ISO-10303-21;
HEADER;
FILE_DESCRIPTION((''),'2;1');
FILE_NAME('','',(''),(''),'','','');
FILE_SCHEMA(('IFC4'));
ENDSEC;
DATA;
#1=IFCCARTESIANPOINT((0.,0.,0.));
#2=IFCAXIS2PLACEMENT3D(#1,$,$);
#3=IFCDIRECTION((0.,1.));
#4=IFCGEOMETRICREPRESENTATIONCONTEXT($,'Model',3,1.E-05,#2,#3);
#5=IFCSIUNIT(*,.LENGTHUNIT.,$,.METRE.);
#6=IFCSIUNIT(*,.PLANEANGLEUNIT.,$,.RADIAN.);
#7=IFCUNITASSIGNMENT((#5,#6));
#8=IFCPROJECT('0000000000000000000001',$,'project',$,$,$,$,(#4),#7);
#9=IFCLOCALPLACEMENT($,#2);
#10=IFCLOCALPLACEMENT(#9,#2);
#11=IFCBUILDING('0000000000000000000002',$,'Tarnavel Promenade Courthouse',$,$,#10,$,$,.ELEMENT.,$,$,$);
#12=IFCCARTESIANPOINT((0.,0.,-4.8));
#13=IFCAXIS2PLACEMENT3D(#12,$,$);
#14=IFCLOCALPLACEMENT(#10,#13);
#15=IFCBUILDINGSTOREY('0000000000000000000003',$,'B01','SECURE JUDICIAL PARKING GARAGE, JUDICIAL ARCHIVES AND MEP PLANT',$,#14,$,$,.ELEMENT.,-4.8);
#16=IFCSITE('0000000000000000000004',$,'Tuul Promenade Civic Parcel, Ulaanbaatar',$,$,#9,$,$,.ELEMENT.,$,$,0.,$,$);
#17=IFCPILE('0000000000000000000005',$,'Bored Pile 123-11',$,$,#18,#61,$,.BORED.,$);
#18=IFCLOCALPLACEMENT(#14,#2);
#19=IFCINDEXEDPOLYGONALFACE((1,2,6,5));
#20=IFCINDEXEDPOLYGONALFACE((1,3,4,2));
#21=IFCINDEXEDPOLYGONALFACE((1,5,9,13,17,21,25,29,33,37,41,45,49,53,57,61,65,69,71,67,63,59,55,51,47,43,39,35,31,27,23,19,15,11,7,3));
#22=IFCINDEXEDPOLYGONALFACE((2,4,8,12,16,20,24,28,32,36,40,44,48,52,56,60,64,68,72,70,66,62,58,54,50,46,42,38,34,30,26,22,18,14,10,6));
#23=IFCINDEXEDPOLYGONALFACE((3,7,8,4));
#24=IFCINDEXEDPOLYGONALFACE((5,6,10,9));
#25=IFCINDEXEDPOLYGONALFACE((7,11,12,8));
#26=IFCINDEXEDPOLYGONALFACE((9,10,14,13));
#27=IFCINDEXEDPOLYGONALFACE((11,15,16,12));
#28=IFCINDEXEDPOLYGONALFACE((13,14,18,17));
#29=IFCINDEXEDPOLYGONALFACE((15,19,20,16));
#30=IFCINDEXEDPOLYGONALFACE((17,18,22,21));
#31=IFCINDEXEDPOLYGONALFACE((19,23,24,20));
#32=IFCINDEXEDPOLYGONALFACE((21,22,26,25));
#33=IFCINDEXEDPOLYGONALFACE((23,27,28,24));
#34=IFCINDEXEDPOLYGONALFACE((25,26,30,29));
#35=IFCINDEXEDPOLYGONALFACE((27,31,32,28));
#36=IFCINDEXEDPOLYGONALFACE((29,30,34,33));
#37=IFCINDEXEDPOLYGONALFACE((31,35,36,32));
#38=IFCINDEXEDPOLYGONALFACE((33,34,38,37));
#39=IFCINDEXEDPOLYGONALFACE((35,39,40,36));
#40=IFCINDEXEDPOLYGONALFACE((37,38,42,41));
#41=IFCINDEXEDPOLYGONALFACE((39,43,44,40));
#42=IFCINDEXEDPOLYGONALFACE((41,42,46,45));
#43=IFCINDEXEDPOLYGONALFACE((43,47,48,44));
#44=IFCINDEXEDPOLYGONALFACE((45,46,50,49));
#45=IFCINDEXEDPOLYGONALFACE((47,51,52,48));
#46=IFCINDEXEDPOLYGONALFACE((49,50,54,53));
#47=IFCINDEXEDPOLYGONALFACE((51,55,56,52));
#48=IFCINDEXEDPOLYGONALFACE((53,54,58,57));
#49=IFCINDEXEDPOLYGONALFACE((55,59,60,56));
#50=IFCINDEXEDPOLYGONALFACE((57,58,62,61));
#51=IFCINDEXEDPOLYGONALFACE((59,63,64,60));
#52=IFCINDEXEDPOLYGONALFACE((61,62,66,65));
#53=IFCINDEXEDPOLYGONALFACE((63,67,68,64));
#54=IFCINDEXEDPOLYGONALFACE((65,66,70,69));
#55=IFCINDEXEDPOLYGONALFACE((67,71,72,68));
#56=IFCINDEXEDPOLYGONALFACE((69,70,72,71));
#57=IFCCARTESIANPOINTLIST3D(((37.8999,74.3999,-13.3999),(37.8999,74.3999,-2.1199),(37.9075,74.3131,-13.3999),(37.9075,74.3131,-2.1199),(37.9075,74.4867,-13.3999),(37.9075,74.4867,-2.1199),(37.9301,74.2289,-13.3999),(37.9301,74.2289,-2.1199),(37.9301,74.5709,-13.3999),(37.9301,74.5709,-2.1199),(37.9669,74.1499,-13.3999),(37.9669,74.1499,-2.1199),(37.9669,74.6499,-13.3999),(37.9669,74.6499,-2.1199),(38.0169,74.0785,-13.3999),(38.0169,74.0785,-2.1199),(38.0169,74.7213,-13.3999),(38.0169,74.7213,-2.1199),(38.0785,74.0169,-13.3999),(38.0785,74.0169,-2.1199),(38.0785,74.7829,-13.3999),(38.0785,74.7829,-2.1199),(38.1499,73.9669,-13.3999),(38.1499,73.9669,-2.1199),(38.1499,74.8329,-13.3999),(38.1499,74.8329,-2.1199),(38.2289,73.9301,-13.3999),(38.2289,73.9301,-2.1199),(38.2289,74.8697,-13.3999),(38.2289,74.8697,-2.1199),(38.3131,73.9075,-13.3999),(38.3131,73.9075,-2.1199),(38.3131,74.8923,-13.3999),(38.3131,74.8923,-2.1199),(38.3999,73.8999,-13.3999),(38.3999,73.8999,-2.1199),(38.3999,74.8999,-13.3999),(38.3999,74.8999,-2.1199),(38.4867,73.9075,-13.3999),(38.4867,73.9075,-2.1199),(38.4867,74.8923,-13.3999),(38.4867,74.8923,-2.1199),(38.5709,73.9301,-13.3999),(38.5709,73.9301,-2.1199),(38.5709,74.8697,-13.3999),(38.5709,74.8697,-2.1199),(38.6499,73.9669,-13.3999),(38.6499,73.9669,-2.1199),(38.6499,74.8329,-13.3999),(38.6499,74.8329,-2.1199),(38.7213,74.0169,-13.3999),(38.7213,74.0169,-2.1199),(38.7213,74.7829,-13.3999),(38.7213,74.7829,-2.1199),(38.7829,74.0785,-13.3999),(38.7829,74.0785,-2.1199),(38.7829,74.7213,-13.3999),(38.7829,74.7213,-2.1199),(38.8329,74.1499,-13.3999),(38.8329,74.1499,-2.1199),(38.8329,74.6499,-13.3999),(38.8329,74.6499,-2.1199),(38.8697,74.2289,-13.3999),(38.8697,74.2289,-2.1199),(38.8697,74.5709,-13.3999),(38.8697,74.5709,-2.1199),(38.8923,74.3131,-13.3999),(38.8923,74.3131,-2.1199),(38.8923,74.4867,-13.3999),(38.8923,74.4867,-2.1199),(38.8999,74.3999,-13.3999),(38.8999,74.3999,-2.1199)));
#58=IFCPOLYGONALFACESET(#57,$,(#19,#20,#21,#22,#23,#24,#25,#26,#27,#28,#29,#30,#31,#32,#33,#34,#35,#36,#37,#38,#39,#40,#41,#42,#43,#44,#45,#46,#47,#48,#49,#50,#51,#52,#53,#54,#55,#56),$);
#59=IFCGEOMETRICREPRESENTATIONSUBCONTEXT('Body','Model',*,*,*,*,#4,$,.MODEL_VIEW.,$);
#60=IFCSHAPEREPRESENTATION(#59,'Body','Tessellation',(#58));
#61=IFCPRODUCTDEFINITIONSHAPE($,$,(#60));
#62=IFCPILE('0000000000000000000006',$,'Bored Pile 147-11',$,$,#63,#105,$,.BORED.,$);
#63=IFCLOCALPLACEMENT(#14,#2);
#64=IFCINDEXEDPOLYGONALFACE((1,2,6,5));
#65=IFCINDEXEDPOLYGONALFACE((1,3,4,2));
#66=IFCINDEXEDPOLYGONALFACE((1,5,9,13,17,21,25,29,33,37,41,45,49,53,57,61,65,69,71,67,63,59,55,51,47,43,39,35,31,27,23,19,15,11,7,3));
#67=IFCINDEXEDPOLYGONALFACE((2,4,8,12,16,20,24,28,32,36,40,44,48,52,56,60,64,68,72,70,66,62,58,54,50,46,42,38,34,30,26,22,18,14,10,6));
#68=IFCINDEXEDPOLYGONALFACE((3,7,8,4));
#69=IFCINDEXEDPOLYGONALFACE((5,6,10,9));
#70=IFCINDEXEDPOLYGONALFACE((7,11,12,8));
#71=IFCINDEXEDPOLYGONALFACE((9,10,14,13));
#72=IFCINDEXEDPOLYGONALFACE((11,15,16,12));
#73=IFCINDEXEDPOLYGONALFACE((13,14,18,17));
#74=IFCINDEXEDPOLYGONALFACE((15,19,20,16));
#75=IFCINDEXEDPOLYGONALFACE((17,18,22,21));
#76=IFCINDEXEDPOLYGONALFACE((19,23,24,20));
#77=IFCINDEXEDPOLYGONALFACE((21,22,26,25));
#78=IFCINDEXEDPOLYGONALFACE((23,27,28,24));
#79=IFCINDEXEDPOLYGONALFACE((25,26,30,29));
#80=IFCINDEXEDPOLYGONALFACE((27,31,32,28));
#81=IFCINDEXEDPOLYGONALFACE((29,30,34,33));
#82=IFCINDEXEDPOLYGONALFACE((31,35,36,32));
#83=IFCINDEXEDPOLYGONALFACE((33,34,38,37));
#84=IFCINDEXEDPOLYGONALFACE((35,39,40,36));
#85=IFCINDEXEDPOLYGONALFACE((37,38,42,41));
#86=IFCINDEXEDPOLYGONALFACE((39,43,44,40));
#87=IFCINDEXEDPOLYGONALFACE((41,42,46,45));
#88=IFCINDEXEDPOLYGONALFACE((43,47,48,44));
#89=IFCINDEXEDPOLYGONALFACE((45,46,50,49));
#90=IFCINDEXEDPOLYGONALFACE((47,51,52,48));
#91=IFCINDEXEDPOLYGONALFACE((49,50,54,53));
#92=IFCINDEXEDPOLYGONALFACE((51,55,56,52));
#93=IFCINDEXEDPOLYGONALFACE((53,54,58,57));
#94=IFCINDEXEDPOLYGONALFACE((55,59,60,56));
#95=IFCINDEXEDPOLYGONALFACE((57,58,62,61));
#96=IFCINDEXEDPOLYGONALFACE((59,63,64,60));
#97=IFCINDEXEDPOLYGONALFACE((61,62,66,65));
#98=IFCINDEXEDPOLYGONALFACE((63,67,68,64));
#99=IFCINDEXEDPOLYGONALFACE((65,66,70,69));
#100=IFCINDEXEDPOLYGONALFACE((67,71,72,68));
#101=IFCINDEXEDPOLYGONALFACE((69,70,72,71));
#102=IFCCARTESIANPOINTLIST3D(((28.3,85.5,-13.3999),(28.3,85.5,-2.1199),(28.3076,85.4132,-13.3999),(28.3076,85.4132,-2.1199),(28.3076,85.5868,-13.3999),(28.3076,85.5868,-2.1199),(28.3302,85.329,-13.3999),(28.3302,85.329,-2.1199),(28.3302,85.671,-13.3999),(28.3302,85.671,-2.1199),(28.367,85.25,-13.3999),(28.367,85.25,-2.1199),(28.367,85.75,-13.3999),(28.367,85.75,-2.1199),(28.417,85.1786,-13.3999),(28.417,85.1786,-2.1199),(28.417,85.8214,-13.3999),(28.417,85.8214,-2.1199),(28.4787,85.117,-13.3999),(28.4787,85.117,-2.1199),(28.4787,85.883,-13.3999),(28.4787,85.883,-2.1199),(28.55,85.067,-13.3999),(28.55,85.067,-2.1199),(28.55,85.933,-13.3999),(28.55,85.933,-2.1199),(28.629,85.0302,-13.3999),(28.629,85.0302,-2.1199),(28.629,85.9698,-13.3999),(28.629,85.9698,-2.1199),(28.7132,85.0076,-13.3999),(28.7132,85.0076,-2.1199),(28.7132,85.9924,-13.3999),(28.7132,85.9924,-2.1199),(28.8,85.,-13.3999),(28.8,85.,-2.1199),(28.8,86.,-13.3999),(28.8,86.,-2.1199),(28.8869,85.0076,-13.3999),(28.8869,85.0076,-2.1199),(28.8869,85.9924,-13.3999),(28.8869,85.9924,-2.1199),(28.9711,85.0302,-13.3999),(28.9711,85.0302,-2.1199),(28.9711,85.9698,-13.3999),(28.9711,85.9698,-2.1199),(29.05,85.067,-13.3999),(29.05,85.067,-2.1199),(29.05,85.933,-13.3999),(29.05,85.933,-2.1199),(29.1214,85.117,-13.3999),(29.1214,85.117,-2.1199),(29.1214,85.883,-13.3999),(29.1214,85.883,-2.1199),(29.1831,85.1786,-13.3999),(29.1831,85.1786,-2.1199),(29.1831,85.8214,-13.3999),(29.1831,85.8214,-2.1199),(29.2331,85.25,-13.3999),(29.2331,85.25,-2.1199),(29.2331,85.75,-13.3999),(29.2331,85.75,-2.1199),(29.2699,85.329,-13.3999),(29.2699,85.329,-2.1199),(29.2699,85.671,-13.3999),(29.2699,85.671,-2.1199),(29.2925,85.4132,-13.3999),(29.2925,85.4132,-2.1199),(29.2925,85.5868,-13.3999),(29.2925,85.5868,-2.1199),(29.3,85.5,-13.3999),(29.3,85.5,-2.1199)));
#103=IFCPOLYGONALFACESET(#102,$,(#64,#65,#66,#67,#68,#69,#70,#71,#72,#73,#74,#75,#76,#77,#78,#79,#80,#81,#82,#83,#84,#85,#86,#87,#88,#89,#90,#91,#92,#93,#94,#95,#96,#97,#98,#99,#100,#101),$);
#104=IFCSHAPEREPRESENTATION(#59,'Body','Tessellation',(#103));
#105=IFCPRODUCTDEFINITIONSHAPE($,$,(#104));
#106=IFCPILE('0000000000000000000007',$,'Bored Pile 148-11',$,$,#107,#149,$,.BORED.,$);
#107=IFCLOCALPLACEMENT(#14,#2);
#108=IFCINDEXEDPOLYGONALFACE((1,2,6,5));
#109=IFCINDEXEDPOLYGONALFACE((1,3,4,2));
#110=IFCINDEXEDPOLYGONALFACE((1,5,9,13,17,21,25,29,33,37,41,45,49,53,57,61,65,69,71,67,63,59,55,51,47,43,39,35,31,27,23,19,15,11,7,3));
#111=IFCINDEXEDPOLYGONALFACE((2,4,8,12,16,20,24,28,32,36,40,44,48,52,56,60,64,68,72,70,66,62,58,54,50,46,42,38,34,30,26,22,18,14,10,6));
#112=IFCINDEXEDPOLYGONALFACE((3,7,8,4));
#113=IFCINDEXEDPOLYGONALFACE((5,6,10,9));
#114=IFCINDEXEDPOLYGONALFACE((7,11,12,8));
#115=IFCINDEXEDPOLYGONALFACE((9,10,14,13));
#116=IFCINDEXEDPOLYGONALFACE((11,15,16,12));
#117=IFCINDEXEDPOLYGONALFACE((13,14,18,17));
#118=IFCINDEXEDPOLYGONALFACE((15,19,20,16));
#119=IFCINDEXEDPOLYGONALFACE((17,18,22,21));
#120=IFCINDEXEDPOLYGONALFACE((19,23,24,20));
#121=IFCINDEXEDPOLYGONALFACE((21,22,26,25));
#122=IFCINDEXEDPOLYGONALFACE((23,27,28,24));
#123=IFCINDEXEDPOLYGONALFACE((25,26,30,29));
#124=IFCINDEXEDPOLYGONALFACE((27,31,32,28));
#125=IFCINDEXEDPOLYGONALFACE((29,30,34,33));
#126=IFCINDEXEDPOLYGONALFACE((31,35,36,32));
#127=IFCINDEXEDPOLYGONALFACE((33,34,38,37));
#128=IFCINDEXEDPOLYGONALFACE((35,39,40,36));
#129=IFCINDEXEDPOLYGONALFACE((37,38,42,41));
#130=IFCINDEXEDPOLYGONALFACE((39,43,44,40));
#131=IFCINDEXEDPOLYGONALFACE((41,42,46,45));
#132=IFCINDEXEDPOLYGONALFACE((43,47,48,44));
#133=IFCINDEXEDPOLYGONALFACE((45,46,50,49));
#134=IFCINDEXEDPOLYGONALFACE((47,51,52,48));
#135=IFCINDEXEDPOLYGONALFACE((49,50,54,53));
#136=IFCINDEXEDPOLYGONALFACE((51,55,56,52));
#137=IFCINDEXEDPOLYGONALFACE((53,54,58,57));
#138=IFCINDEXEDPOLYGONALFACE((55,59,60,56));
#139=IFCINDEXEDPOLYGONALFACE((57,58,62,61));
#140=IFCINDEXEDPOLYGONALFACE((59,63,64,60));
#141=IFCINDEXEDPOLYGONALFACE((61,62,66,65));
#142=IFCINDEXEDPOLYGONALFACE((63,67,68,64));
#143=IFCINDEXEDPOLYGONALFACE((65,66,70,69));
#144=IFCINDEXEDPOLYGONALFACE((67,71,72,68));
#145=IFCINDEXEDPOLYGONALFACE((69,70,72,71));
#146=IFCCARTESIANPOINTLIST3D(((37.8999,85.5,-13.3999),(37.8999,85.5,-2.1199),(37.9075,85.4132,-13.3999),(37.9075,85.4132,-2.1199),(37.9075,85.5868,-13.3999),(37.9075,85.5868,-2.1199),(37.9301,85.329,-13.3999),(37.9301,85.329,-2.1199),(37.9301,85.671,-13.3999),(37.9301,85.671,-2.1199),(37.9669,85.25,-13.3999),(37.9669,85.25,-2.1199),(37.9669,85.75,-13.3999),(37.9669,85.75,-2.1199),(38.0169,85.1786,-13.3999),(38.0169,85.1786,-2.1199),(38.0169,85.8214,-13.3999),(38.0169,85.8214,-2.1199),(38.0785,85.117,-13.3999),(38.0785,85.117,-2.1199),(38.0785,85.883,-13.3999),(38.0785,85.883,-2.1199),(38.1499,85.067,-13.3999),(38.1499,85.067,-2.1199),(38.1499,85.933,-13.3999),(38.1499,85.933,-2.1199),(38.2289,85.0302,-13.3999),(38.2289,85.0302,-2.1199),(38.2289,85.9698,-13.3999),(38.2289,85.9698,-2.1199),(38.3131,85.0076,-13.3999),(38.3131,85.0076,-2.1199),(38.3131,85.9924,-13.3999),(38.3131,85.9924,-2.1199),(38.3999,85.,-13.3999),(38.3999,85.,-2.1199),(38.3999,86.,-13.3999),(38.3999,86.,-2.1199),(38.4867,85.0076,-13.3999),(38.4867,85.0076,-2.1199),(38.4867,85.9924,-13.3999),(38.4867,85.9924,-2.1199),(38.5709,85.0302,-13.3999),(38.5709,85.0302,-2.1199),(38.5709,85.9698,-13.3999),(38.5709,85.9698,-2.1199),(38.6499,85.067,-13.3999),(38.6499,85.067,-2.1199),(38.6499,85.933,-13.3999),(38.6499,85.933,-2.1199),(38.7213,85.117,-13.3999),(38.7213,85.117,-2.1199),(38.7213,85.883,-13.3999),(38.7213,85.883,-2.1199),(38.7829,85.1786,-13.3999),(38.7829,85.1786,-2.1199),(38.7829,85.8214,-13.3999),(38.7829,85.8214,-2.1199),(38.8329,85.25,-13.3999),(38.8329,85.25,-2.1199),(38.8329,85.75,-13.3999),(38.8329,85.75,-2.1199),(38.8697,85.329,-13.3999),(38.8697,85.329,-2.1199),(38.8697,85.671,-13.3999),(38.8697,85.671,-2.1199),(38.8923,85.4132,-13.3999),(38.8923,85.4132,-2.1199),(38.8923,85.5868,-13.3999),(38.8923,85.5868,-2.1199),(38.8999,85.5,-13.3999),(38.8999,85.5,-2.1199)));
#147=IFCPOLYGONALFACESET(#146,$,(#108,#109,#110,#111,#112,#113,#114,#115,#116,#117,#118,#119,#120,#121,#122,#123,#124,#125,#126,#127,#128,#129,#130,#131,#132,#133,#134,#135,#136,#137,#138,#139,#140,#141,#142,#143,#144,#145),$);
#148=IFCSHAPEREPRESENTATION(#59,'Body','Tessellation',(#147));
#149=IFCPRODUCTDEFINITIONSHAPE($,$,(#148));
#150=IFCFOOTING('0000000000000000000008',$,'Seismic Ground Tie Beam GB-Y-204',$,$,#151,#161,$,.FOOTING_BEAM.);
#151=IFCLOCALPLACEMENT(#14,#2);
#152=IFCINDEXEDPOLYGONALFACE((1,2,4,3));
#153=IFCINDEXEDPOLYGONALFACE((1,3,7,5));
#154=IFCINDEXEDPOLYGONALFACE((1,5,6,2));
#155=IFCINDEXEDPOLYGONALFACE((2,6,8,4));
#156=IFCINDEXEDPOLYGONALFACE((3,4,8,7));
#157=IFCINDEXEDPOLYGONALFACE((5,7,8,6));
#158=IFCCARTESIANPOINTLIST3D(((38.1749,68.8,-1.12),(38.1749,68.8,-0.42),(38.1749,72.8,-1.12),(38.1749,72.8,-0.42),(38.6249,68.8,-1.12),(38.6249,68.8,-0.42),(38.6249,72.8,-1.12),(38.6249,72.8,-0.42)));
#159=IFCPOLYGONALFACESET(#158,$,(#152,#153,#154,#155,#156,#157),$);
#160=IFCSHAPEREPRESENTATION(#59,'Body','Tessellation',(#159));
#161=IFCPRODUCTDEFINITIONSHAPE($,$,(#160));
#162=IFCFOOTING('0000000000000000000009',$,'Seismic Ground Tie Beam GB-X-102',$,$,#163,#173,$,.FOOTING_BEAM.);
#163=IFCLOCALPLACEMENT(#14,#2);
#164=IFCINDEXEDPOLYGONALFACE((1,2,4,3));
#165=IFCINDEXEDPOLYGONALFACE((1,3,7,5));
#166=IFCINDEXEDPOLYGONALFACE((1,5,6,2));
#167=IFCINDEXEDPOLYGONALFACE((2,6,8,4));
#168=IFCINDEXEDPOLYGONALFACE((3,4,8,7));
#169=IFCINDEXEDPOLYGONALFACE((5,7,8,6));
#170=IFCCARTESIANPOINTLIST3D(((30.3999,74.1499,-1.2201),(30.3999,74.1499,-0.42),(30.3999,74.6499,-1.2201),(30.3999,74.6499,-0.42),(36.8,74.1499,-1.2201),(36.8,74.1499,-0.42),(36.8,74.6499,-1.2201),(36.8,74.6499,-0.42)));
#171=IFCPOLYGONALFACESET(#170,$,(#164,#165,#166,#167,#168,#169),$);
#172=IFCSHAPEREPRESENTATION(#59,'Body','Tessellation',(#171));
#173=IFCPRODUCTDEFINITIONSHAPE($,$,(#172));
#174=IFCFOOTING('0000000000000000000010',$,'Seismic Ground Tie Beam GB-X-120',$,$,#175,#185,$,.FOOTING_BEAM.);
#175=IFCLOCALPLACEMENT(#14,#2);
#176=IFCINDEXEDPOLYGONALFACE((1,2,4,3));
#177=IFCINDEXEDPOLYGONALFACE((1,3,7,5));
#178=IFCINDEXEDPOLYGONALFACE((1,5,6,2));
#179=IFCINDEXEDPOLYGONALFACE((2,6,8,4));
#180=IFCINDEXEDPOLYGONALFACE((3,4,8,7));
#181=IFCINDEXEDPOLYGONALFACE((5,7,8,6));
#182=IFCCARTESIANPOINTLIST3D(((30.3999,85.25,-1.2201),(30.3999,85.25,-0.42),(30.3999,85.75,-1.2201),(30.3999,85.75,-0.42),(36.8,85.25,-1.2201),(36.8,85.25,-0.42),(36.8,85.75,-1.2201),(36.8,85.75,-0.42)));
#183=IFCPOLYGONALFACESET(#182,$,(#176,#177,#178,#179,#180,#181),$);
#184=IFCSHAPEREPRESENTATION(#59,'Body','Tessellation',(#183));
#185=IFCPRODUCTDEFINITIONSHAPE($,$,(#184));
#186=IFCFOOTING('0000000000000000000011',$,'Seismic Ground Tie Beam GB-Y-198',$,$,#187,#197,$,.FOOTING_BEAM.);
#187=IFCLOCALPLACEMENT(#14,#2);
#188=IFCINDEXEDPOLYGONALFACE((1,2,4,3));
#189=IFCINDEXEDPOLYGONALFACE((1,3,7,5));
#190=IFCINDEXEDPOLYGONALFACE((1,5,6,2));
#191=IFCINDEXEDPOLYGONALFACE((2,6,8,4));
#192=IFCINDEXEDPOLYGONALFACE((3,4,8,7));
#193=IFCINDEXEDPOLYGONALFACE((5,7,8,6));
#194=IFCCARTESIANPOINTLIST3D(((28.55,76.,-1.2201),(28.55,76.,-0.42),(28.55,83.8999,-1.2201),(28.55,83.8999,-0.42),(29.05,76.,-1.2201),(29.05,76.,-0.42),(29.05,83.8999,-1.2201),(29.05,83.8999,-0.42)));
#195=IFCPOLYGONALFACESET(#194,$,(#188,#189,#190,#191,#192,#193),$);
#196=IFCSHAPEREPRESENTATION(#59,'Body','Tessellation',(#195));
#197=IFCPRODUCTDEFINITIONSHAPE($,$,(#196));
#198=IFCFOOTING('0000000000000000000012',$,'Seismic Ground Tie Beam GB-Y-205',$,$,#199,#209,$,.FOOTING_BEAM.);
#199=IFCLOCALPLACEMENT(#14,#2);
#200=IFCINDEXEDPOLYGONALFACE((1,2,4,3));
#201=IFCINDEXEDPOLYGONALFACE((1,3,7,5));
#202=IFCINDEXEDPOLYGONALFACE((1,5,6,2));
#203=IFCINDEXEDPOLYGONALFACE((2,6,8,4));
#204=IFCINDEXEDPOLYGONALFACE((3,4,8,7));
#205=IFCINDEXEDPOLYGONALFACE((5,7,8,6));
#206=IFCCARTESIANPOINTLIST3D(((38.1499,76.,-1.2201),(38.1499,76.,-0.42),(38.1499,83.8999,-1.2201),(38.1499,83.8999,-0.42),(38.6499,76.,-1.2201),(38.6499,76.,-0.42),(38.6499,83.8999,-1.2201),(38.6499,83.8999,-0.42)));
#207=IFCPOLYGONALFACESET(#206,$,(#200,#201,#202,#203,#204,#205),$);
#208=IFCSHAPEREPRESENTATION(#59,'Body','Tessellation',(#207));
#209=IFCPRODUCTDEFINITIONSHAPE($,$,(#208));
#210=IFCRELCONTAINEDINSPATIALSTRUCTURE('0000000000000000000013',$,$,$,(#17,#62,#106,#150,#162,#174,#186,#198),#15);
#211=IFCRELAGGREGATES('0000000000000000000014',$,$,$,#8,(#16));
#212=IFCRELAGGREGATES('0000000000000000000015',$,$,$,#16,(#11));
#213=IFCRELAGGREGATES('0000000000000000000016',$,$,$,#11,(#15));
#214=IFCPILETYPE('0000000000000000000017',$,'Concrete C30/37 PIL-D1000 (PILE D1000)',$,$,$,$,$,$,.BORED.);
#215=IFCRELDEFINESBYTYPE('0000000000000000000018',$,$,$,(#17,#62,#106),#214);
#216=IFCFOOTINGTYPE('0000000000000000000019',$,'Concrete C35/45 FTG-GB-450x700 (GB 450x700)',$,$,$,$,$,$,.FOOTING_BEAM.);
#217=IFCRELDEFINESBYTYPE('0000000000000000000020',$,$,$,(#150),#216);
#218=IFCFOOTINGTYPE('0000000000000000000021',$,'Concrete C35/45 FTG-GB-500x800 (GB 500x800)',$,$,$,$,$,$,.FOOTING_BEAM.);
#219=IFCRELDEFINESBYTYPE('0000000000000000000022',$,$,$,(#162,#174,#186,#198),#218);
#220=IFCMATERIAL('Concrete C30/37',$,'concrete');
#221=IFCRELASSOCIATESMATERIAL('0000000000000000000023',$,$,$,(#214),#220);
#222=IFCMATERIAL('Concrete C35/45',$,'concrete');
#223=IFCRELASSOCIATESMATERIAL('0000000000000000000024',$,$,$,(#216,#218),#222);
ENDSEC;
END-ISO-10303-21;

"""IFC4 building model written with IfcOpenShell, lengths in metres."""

from ifc_helpers import new_model, si_unit, direction, frame, origin, origin_2d, place, context, subcontext, project, spatial, rectangle, circle, extrude, material, material_profile, profile_set, type_object, element, save


model = new_model("IFC4")

# Units and contexts
model_context = context("Model", 3, precision=1e-05, world=origin(), true_north=direction((0.0, 1.0)))
body_context = subcontext(model_context, "Body", "Model", "MODEL_VIEW")
ifc_project = project(units=[si_unit("LENGTHUNIT", "METRE"), si_unit("PLANEANGLEUNIT", "RADIAN")], contexts=[model_context])

# Site, building, storey
site_placement = place(None, origin())
site = spatial("IfcSite", under=ifc_project, at=site_placement, Name="Tuul Promenade Civic Parcel, Ulaanbaatar", CompositionType="ELEMENT", RefElevation=0.0)
building_placement = place(site_placement, origin())
building = spatial("IfcBuilding", under=site, at=building_placement, Name="Tarnavel Promenade Courthouse", CompositionType="ELEMENT")
storey_placement = place(building_placement, frame((0.0, 0.0, -4.8)))
storey = spatial("IfcBuildingStorey", under=building, at=storey_placement, Name="B01", Description="SECURE JUDICIAL PARKING GARAGE, JUDICIAL ARCHIVES AND MEP PLANT", CompositionType="ELEMENT", Elevation=-4.8)

# Piles
ifc_material_1 = material(Name="Concrete C30/37", Category="concrete")
ifc_material_profile_1 = material_profile(ifc_material_1, circle(Radius=0.5, at=origin_2d()), Name="PILE D1000")
ifc_profile_set_1 = profile_set([ifc_material_profile_1], Name="Concrete C30/37")
pile_type = type_object("IfcPileType", Name="Concrete C30/37 PIL-D1000 (PILE D1000)", PredefinedType="BORED", material=ifc_profile_set_1)
for number, where, z_axis, x_axis, name in (
    (1, (38.3999, 74.3999, -2.1199), (0.0, 0.0, -1.0), (1.0, 0.0, 0.0), "Bored Pile 123-11"),
    (2, (28.8, 85.5, -2.1199), (0.0, 0.0, -1.0), (1.0, 0.0, 0.0), "Bored Pile 147-11"),
    (3, (38.3999, 85.5, -2.1199), (0.0, 0.0, -1.0), (1.0, 0.0, 0.0), "Bored Pile 148-11"),
):
    element("IfcPile", number, at=place(storey_placement, frame(where, z_axis=z_axis, x_axis=x_axis)), inside=storey, type_object=pile_type, Name=name, PredefinedType="BORED", context=body_context, shape_type="SweptSolid", body=[
        extrude(circle(Radius=0.5, at=origin_2d()), origin(), (0.0, 0.0, 1.0), 11.28),
    ])

# Footings
ifc_material_2 = material(Name="Concrete C35/45", Category="concrete")
ifc_material_profile_2 = material_profile(ifc_material_2, rectangle(XDim=0.45, YDim=0.7, at=origin_2d()), Name="GB 450x700")
ifc_profile_set_2 = profile_set([ifc_material_profile_2], Name="Concrete C35/45")
footing_type_1 = type_object("IfcFootingType", Name="Concrete C35/45 FTG-GB-450x700 (GB 450x700)", PredefinedType="FOOTING_BEAM", material=ifc_profile_set_2)
footing_placement = place(storey_placement, frame((38.3999, 68.8, -0.77), z_axis=(0.0, 1.0, 0.0), x_axis=(-1.0, 0.0, 0.0)))
element("IfcFooting", 4, at=footing_placement, inside=storey, type_object=footing_type_1, Name="Seismic Ground Tie Beam GB-Y-204", PredefinedType="FOOTING_BEAM", context=body_context, shape_type="SweptSolid", body=[
    extrude(rectangle(XDim=0.45, YDim=0.7, at=origin_2d()), origin(), (0.0, 0.0, 1.0), 4.0),
])
ifc_material_profile_3 = material_profile(ifc_material_2, rectangle(XDim=0.5, YDim=0.8, at=origin_2d()), Name="GB 500x800")
ifc_profile_set_3 = profile_set([ifc_material_profile_3], Name="Concrete C35/45")
footing_type_2 = type_object("IfcFootingType", Name="Concrete C35/45 FTG-GB-500x800 (GB 500x800)", PredefinedType="FOOTING_BEAM", material=ifc_profile_set_3)
for number, where, z_axis, x_axis, name in (
    (5, (30.3999, 74.3999, -0.8201), (1.0, 0.0, 0.0), (0.0, 1.0, 0.0), "Seismic Ground Tie Beam GB-X-102"),
    (6, (30.3999, 85.5, -0.8201), (1.0, 0.0, 0.0), (0.0, 1.0, 0.0), "Seismic Ground Tie Beam GB-X-120"),
):
    element("IfcFooting", number, at=place(storey_placement, frame(where, z_axis=z_axis, x_axis=x_axis)), inside=storey, type_object=footing_type_2, Name=name, PredefinedType="FOOTING_BEAM", context=body_context, shape_type="SweptSolid", body=[
        extrude(rectangle(XDim=0.5, YDim=0.8, at=origin_2d()), origin(), (0.0, 0.0, 1.0), 6.4001),
    ])
for number, where, z_axis, x_axis, name in (
    (7, (28.8, 76.0, -0.8201), (0.0, 1.0, 0.0), (-1.0, 0.0, 0.0), "Seismic Ground Tie Beam GB-Y-198"),
    (8, (38.3999, 76.0, -0.8201), (0.0, 1.0, 0.0), (-1.0, 0.0, 0.0), "Seismic Ground Tie Beam GB-Y-205"),
):
    element("IfcFooting", number, at=place(storey_placement, frame(where, z_axis=z_axis, x_axis=x_axis)), inside=storey, type_object=footing_type_2, Name=name, PredefinedType="FOOTING_BEAM", context=body_context, shape_type="SweptSolid", body=[
        extrude(rectangle(XDim=0.5, YDim=0.8, at=origin_2d()), origin(), (0.0, 0.0, 1.0), 7.8999),
    ])

save(model, "model.ifc")
